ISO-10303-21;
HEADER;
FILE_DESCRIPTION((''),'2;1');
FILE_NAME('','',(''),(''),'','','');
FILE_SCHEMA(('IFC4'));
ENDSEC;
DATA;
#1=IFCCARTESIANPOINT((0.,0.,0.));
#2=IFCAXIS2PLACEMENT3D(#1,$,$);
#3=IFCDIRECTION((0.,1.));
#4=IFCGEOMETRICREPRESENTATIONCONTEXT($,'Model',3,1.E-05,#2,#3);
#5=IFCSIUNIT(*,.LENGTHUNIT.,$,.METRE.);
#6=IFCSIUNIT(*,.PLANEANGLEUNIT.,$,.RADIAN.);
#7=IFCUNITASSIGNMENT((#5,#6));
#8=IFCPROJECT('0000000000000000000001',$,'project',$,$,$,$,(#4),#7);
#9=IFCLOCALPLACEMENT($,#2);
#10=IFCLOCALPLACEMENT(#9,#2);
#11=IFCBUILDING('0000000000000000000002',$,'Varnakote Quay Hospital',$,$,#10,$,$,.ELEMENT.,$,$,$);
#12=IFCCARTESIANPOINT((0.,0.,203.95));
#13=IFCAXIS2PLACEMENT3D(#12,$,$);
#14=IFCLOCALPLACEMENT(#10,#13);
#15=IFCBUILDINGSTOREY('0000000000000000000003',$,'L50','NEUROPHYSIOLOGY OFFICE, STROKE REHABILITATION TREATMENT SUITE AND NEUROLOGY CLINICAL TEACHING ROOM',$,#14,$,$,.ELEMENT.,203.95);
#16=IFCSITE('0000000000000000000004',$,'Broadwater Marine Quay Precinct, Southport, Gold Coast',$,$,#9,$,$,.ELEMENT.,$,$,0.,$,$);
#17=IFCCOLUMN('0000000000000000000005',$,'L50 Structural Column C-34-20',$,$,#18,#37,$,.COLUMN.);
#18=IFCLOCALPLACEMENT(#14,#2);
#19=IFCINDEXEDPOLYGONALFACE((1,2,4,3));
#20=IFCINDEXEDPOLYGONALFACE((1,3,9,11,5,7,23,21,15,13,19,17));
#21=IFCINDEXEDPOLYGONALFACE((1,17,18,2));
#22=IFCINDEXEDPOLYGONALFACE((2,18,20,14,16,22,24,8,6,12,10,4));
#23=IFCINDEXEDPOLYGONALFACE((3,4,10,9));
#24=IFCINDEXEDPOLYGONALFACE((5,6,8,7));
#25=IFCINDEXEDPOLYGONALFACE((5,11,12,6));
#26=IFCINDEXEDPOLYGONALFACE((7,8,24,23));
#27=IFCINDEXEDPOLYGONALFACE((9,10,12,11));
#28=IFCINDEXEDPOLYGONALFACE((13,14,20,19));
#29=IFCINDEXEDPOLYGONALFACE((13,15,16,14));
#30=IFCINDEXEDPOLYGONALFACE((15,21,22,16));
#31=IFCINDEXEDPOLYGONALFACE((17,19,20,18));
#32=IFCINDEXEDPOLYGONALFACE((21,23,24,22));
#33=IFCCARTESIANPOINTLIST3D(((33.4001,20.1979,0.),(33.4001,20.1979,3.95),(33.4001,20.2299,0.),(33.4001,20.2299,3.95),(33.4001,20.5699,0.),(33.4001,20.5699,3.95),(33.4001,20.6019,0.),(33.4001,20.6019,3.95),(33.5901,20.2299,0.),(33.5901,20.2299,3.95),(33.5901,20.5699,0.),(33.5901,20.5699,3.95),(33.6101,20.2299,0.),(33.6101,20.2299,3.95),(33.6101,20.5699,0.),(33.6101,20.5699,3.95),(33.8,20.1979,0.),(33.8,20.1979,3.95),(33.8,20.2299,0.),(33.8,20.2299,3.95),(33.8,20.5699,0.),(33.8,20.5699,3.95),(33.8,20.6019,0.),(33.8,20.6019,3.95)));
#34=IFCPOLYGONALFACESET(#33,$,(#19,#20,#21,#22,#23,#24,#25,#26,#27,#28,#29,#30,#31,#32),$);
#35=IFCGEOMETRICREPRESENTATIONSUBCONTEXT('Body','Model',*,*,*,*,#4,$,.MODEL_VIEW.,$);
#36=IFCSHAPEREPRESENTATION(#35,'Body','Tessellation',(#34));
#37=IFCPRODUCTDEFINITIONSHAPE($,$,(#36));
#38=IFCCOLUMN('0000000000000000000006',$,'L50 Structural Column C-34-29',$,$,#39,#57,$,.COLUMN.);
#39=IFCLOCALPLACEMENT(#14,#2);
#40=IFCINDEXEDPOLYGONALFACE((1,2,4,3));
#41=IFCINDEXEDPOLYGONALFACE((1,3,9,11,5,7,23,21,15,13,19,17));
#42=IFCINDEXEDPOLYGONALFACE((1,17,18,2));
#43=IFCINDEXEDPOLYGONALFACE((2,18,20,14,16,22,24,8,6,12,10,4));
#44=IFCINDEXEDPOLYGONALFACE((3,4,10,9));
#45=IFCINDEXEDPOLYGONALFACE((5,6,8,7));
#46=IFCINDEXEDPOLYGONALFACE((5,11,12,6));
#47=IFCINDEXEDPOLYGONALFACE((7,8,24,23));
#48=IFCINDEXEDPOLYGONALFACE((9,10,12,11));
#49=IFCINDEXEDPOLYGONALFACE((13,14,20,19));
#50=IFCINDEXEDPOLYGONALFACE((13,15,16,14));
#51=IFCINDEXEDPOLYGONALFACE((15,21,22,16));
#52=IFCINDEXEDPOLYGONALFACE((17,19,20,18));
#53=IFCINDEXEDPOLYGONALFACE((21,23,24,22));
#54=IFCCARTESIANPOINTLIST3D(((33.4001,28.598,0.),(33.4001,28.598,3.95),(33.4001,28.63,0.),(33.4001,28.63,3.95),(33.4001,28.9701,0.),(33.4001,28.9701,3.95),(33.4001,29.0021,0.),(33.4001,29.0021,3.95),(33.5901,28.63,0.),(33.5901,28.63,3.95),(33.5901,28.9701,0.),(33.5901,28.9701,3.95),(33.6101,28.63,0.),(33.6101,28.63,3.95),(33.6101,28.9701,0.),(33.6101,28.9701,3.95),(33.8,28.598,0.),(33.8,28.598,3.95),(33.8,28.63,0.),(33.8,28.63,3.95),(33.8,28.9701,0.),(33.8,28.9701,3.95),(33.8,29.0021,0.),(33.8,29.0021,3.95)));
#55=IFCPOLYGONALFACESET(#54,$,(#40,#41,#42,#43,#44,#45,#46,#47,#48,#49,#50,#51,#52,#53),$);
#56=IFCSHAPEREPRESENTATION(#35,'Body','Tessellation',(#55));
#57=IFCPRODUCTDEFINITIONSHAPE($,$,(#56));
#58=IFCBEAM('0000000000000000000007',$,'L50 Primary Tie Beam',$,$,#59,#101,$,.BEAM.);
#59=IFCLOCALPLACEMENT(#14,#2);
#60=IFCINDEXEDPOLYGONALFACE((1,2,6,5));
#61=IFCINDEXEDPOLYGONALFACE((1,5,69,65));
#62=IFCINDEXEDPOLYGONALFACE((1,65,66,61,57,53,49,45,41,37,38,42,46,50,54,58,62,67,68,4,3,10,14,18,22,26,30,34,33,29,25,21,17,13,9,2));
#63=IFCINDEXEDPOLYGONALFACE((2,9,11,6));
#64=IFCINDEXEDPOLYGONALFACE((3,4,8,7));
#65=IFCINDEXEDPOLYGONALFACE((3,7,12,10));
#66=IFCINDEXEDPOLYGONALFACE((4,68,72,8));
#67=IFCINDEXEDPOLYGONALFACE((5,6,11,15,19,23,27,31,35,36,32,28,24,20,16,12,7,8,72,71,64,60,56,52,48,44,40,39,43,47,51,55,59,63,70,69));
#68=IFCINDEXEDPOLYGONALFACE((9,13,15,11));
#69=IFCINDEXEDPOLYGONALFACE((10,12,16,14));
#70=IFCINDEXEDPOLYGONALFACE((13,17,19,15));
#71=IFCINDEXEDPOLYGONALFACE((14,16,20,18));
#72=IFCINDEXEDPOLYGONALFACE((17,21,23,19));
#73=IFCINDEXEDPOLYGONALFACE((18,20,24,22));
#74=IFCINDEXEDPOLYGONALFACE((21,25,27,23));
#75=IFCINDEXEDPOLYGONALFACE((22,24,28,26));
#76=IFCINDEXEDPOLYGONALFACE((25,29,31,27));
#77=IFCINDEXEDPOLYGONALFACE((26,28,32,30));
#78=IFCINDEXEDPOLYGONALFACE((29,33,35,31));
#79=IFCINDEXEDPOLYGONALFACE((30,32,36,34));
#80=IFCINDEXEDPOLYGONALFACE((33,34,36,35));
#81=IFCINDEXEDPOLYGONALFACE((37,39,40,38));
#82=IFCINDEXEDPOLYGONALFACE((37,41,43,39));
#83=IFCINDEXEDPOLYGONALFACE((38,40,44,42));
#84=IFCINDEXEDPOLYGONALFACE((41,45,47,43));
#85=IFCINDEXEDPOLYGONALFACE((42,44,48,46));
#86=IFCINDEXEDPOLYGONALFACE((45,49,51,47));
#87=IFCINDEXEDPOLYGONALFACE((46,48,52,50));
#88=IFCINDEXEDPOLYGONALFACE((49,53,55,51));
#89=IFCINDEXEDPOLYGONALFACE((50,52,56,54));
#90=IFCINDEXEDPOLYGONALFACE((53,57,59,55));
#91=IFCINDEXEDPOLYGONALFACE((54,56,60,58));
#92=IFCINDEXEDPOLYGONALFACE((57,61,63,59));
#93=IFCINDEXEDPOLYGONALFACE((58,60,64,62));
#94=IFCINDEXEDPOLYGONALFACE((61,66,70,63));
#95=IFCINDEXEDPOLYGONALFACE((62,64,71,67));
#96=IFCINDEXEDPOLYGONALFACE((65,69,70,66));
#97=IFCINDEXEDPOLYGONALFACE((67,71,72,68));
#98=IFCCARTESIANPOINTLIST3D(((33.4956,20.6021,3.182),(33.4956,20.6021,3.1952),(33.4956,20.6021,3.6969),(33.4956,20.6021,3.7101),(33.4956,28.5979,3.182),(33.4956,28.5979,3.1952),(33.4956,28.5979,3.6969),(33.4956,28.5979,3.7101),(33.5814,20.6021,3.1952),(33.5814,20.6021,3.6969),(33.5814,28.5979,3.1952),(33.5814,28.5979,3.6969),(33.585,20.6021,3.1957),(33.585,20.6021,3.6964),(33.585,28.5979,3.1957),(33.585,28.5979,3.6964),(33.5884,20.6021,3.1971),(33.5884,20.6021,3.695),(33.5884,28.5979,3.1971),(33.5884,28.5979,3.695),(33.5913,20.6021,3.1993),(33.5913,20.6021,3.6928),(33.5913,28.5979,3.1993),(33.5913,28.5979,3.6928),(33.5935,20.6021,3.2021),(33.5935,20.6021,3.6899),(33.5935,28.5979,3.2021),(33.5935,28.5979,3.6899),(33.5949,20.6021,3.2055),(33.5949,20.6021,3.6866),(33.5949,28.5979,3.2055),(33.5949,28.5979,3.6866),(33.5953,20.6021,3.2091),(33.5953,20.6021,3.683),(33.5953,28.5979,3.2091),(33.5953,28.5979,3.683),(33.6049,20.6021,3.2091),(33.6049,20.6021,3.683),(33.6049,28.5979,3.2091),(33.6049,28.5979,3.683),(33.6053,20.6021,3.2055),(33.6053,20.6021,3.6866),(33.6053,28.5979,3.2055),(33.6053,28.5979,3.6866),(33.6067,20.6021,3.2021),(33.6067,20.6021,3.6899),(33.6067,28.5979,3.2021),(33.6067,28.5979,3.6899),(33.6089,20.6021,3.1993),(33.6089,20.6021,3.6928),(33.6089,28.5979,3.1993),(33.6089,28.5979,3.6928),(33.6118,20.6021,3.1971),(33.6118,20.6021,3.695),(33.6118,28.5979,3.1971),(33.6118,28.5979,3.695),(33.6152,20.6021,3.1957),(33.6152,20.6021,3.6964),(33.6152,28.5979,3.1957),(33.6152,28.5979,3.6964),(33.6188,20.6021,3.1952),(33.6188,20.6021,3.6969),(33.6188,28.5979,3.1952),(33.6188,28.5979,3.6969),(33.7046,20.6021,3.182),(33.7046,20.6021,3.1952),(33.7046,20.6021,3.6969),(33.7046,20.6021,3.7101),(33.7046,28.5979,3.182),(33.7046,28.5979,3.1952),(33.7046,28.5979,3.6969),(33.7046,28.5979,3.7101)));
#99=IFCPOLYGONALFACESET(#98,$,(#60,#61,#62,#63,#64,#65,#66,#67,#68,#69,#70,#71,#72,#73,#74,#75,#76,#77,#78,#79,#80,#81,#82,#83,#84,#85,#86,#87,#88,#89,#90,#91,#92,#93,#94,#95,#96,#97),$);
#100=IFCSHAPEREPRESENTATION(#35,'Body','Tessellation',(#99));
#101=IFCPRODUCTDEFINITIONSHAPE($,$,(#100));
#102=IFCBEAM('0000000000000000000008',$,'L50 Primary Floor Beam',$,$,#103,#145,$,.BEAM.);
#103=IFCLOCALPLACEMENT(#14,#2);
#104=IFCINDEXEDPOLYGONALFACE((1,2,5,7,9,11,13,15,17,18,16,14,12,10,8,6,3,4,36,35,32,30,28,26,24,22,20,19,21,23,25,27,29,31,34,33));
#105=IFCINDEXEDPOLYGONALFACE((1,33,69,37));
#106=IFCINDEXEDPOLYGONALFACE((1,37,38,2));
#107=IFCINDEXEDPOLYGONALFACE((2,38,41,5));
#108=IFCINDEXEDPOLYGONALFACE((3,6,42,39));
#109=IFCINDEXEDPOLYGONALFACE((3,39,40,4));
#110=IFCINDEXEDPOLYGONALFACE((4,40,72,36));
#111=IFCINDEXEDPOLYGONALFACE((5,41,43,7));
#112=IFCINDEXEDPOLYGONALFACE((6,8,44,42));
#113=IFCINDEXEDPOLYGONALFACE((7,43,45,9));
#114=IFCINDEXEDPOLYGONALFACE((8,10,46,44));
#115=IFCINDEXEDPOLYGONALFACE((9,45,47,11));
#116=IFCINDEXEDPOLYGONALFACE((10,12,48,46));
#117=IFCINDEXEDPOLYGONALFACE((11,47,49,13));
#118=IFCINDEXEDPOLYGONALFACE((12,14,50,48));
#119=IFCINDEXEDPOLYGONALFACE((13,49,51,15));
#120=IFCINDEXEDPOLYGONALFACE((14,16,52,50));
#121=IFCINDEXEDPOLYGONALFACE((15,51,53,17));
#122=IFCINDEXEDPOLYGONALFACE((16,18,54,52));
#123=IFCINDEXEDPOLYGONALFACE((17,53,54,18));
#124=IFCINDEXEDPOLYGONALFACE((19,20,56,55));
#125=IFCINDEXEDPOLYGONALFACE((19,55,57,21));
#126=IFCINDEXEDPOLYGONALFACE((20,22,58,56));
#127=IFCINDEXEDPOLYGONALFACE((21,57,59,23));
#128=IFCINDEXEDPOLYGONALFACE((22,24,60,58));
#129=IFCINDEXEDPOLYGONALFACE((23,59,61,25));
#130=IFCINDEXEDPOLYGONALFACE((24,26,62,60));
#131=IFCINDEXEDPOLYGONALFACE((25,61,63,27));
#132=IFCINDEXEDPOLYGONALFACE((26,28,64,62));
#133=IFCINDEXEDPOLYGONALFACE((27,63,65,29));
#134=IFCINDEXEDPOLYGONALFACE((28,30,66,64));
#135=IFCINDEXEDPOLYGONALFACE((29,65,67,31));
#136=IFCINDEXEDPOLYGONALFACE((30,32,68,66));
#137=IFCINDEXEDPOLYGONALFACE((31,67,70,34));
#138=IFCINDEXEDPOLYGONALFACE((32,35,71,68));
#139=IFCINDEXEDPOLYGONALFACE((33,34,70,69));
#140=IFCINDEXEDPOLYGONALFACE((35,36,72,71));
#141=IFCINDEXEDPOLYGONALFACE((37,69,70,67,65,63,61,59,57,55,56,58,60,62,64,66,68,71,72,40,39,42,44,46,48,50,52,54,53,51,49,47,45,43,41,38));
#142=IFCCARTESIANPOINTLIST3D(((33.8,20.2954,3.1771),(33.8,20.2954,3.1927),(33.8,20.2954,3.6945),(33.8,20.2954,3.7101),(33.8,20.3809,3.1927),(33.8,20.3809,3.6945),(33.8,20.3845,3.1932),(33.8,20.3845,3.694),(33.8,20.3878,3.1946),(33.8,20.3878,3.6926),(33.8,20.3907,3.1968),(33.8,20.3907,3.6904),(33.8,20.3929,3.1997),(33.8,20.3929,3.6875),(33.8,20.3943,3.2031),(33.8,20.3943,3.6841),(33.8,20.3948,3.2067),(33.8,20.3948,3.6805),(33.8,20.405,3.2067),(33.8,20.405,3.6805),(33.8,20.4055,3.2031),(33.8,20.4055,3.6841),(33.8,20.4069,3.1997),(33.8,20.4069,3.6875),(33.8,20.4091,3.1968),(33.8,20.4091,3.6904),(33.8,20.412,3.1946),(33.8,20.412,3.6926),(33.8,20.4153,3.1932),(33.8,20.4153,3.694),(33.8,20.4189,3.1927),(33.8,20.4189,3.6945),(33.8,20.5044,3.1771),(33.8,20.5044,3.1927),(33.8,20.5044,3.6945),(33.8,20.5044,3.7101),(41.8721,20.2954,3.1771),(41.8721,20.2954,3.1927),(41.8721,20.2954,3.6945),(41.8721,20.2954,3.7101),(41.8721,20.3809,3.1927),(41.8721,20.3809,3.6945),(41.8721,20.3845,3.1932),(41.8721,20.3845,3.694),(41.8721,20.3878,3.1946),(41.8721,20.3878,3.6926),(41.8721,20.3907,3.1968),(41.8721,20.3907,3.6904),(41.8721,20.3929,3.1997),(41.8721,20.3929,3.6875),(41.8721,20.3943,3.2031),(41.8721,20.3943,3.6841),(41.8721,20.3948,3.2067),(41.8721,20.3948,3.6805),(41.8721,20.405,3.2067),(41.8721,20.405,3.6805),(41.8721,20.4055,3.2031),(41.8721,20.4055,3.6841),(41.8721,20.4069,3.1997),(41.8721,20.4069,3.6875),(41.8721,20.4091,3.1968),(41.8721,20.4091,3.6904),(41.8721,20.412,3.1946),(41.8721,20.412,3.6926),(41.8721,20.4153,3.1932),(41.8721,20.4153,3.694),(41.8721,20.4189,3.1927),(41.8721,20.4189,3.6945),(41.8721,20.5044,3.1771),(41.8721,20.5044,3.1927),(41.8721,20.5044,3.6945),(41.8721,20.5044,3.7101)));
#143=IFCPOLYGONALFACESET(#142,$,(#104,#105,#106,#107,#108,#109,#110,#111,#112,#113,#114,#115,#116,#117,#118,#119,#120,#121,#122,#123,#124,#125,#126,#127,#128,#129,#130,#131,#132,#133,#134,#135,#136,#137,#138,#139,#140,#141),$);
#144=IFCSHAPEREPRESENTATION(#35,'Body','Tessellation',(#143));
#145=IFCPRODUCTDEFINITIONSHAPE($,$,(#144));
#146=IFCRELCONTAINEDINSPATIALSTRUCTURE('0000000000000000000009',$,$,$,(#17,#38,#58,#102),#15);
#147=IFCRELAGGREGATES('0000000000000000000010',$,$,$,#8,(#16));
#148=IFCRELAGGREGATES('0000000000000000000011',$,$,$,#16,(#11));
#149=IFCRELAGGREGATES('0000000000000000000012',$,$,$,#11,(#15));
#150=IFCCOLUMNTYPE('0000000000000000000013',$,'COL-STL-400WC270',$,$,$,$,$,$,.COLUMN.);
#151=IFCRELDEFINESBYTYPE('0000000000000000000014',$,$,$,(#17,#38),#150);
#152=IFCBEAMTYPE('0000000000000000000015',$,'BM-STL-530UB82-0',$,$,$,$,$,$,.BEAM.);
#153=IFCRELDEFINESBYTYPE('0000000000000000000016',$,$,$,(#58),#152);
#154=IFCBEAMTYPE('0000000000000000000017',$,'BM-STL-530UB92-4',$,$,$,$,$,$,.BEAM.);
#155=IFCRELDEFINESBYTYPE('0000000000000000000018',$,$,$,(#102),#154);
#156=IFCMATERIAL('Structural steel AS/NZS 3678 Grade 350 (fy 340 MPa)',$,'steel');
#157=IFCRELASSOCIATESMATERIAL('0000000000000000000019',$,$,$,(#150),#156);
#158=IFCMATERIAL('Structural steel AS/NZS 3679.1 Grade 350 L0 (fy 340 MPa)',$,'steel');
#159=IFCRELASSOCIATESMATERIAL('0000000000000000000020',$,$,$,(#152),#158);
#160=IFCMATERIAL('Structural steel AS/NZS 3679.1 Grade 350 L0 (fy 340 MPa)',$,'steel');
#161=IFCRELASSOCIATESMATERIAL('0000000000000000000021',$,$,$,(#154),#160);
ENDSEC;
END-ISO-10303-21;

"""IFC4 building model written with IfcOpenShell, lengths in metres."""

from ifc_helpers import new_model, si_unit, direction, frame, origin, origin_2d, place, context, subcontext, project, spatial, i_section, extrude, material, material_profile, profile_set, type_object, element, save


model = new_model("IFC4")

# Units and contexts
model_context = context("Model", 3, precision=1e-05, world=origin(), true_north=direction((0.0, 1.0)))
body_context = subcontext(model_context, "Body", "Model", "MODEL_VIEW")
ifc_project = project(units=[si_unit("LENGTHUNIT", "METRE"), si_unit("PLANEANGLEUNIT", "RADIAN")], contexts=[model_context])

# Site, building, storey
site_placement = place(None, origin())
site = spatial("IfcSite", under=ifc_project, at=site_placement, Name="Broadwater Marine Quay Precinct, Southport, Gold Coast", CompositionType="ELEMENT", RefElevation=0.0)
building_placement = place(site_placement, origin())
building = spatial("IfcBuilding", under=site, at=building_placement, Name="Varnakote Quay Hospital", CompositionType="ELEMENT")
storey_placement = place(building_placement, frame((0.0, 0.0, 203.95)))
storey = spatial("IfcBuildingStorey", under=building, at=storey_placement, Name="L50", Description="NEUROPHYSIOLOGY OFFICE, STROKE REHABILITATION TREATMENT SUITE AND NEUROLOGY CLINICAL TEACHING ROOM", CompositionType="ELEMENT", Elevation=203.95)

# Columns
ifc_material_1 = material(Name="Structural steel AS/NZS 3678 Grade 350 (fy 340 MPa)", Category="steel")
ifc_material_profile_1 = material_profile(ifc_material_1, i_section(OverallWidth=0.3999, OverallDepth=0.4041, WebThickness=0.02, FlangeThickness=0.032, at=origin_2d()), Name="400WC270")
ifc_profile_set_1 = profile_set([ifc_material_profile_1], Name="Structural steel AS/NZS 3678 Grade 350 (fy 340 MPa)")
column_type = type_object("IfcColumnType", Name="COL-STL-400WC270", PredefinedType="COLUMN", material=ifc_profile_set_1)
for number, where, z_axis, x_axis, name in (
    (1, (33.6001, 20.3999, 0.0), (0.0, 0.0, 1.0), (1.0, 0.0, 0.0), "L50 Structural Column C-34-20"),
    (2, (33.6001, 28.8, 0.0), (0.0, 0.0, 1.0), (1.0, 0.0, 0.0), "L50 Structural Column C-34-29"),
):
    element("IfcColumn", number, at=place(storey_placement, frame(where, z_axis=z_axis, x_axis=x_axis)), inside=storey, type_object=column_type, Name=name, PredefinedType="COLUMN", context=body_context, shape_type="SweptSolid", body=[
        extrude(i_section(OverallWidth=0.3999, OverallDepth=0.4041, WebThickness=0.02, FlangeThickness=0.032, at=origin_2d()), origin(), (0.0, 0.0, 1.0), 3.95),
    ])

# Beams
ifc_material_2 = material(Name="Structural steel AS/NZS 3679.1 Grade 350 L0 (fy 340 MPa)", Category="steel")
ifc_material_profile_2 = material_profile(ifc_material_2, i_section(OverallWidth=0.209, OverallDepth=0.5281, WebThickness=0.0095, FlangeThickness=0.0132, FilletRadius=0.0139, at=origin_2d()), Name="530UB82.0")
ifc_profile_set_2 = profile_set([ifc_material_profile_2], Name="Structural steel AS/NZS 3679.1 Grade 350 L0 (fy 340 MPa)")
beam_type_1 = type_object("IfcBeamType", Name="BM-STL-530UB82-0", PredefinedType="BEAM", material=ifc_profile_set_2)
beam_1_placement = place(storey_placement, frame((33.6001, 20.6021, 3.446), z_axis=(0.0, 1.0, 0.0), x_axis=(-1.0, 0.0, 0.0)))
element("IfcBeam", 3, at=beam_1_placement, inside=storey, type_object=beam_type_1, Name="L50 Primary Tie Beam", PredefinedType="BEAM", context=body_context, shape_type="SweptSolid", body=[
    extrude(i_section(OverallWidth=0.209, OverallDepth=0.5281, WebThickness=0.0095, FlangeThickness=0.0132, FilletRadius=0.0139, at=origin_2d()), origin(), (0.0, 0.0, 1.0), 7.9958),
])
ifc_material_3 = material(Name="Structural steel AS/NZS 3679.1 Grade 350 L0 (fy 340 MPa)", Category="steel")
ifc_material_profile_3 = material_profile(ifc_material_3, i_section(OverallWidth=0.209, OverallDepth=0.533, WebThickness=0.0103, FlangeThickness=0.0156, FilletRadius=0.0139, at=origin_2d()), Name="530UB92.4")
ifc_profile_set_3 = profile_set([ifc_material_profile_3], Name="Structural steel AS/NZS 3679.1 Grade 350 L0 (fy 340 MPa)")
beam_type_2 = type_object("IfcBeamType", Name="BM-STL-530UB92-4", PredefinedType="BEAM", material=ifc_profile_set_3)
beam_2_placement = place(storey_placement, frame((33.8, 20.3999, 3.4436), z_axis=(1.0, 0.0, 0.0), x_axis=(0.0, 1.0, 0.0)))
element("IfcBeam", 4, at=beam_2_placement, inside=storey, type_object=beam_type_2, Name="L50 Primary Floor Beam", PredefinedType="BEAM", context=body_context, shape_type="SweptSolid", body=[
    extrude(i_section(OverallWidth=0.209, OverallDepth=0.533, WebThickness=0.0103, FlangeThickness=0.0156, FilletRadius=0.0139, at=origin_2d()), origin(), (0.0, 0.0, 1.0), 8.072),
])

save(model, "model.ifc")
